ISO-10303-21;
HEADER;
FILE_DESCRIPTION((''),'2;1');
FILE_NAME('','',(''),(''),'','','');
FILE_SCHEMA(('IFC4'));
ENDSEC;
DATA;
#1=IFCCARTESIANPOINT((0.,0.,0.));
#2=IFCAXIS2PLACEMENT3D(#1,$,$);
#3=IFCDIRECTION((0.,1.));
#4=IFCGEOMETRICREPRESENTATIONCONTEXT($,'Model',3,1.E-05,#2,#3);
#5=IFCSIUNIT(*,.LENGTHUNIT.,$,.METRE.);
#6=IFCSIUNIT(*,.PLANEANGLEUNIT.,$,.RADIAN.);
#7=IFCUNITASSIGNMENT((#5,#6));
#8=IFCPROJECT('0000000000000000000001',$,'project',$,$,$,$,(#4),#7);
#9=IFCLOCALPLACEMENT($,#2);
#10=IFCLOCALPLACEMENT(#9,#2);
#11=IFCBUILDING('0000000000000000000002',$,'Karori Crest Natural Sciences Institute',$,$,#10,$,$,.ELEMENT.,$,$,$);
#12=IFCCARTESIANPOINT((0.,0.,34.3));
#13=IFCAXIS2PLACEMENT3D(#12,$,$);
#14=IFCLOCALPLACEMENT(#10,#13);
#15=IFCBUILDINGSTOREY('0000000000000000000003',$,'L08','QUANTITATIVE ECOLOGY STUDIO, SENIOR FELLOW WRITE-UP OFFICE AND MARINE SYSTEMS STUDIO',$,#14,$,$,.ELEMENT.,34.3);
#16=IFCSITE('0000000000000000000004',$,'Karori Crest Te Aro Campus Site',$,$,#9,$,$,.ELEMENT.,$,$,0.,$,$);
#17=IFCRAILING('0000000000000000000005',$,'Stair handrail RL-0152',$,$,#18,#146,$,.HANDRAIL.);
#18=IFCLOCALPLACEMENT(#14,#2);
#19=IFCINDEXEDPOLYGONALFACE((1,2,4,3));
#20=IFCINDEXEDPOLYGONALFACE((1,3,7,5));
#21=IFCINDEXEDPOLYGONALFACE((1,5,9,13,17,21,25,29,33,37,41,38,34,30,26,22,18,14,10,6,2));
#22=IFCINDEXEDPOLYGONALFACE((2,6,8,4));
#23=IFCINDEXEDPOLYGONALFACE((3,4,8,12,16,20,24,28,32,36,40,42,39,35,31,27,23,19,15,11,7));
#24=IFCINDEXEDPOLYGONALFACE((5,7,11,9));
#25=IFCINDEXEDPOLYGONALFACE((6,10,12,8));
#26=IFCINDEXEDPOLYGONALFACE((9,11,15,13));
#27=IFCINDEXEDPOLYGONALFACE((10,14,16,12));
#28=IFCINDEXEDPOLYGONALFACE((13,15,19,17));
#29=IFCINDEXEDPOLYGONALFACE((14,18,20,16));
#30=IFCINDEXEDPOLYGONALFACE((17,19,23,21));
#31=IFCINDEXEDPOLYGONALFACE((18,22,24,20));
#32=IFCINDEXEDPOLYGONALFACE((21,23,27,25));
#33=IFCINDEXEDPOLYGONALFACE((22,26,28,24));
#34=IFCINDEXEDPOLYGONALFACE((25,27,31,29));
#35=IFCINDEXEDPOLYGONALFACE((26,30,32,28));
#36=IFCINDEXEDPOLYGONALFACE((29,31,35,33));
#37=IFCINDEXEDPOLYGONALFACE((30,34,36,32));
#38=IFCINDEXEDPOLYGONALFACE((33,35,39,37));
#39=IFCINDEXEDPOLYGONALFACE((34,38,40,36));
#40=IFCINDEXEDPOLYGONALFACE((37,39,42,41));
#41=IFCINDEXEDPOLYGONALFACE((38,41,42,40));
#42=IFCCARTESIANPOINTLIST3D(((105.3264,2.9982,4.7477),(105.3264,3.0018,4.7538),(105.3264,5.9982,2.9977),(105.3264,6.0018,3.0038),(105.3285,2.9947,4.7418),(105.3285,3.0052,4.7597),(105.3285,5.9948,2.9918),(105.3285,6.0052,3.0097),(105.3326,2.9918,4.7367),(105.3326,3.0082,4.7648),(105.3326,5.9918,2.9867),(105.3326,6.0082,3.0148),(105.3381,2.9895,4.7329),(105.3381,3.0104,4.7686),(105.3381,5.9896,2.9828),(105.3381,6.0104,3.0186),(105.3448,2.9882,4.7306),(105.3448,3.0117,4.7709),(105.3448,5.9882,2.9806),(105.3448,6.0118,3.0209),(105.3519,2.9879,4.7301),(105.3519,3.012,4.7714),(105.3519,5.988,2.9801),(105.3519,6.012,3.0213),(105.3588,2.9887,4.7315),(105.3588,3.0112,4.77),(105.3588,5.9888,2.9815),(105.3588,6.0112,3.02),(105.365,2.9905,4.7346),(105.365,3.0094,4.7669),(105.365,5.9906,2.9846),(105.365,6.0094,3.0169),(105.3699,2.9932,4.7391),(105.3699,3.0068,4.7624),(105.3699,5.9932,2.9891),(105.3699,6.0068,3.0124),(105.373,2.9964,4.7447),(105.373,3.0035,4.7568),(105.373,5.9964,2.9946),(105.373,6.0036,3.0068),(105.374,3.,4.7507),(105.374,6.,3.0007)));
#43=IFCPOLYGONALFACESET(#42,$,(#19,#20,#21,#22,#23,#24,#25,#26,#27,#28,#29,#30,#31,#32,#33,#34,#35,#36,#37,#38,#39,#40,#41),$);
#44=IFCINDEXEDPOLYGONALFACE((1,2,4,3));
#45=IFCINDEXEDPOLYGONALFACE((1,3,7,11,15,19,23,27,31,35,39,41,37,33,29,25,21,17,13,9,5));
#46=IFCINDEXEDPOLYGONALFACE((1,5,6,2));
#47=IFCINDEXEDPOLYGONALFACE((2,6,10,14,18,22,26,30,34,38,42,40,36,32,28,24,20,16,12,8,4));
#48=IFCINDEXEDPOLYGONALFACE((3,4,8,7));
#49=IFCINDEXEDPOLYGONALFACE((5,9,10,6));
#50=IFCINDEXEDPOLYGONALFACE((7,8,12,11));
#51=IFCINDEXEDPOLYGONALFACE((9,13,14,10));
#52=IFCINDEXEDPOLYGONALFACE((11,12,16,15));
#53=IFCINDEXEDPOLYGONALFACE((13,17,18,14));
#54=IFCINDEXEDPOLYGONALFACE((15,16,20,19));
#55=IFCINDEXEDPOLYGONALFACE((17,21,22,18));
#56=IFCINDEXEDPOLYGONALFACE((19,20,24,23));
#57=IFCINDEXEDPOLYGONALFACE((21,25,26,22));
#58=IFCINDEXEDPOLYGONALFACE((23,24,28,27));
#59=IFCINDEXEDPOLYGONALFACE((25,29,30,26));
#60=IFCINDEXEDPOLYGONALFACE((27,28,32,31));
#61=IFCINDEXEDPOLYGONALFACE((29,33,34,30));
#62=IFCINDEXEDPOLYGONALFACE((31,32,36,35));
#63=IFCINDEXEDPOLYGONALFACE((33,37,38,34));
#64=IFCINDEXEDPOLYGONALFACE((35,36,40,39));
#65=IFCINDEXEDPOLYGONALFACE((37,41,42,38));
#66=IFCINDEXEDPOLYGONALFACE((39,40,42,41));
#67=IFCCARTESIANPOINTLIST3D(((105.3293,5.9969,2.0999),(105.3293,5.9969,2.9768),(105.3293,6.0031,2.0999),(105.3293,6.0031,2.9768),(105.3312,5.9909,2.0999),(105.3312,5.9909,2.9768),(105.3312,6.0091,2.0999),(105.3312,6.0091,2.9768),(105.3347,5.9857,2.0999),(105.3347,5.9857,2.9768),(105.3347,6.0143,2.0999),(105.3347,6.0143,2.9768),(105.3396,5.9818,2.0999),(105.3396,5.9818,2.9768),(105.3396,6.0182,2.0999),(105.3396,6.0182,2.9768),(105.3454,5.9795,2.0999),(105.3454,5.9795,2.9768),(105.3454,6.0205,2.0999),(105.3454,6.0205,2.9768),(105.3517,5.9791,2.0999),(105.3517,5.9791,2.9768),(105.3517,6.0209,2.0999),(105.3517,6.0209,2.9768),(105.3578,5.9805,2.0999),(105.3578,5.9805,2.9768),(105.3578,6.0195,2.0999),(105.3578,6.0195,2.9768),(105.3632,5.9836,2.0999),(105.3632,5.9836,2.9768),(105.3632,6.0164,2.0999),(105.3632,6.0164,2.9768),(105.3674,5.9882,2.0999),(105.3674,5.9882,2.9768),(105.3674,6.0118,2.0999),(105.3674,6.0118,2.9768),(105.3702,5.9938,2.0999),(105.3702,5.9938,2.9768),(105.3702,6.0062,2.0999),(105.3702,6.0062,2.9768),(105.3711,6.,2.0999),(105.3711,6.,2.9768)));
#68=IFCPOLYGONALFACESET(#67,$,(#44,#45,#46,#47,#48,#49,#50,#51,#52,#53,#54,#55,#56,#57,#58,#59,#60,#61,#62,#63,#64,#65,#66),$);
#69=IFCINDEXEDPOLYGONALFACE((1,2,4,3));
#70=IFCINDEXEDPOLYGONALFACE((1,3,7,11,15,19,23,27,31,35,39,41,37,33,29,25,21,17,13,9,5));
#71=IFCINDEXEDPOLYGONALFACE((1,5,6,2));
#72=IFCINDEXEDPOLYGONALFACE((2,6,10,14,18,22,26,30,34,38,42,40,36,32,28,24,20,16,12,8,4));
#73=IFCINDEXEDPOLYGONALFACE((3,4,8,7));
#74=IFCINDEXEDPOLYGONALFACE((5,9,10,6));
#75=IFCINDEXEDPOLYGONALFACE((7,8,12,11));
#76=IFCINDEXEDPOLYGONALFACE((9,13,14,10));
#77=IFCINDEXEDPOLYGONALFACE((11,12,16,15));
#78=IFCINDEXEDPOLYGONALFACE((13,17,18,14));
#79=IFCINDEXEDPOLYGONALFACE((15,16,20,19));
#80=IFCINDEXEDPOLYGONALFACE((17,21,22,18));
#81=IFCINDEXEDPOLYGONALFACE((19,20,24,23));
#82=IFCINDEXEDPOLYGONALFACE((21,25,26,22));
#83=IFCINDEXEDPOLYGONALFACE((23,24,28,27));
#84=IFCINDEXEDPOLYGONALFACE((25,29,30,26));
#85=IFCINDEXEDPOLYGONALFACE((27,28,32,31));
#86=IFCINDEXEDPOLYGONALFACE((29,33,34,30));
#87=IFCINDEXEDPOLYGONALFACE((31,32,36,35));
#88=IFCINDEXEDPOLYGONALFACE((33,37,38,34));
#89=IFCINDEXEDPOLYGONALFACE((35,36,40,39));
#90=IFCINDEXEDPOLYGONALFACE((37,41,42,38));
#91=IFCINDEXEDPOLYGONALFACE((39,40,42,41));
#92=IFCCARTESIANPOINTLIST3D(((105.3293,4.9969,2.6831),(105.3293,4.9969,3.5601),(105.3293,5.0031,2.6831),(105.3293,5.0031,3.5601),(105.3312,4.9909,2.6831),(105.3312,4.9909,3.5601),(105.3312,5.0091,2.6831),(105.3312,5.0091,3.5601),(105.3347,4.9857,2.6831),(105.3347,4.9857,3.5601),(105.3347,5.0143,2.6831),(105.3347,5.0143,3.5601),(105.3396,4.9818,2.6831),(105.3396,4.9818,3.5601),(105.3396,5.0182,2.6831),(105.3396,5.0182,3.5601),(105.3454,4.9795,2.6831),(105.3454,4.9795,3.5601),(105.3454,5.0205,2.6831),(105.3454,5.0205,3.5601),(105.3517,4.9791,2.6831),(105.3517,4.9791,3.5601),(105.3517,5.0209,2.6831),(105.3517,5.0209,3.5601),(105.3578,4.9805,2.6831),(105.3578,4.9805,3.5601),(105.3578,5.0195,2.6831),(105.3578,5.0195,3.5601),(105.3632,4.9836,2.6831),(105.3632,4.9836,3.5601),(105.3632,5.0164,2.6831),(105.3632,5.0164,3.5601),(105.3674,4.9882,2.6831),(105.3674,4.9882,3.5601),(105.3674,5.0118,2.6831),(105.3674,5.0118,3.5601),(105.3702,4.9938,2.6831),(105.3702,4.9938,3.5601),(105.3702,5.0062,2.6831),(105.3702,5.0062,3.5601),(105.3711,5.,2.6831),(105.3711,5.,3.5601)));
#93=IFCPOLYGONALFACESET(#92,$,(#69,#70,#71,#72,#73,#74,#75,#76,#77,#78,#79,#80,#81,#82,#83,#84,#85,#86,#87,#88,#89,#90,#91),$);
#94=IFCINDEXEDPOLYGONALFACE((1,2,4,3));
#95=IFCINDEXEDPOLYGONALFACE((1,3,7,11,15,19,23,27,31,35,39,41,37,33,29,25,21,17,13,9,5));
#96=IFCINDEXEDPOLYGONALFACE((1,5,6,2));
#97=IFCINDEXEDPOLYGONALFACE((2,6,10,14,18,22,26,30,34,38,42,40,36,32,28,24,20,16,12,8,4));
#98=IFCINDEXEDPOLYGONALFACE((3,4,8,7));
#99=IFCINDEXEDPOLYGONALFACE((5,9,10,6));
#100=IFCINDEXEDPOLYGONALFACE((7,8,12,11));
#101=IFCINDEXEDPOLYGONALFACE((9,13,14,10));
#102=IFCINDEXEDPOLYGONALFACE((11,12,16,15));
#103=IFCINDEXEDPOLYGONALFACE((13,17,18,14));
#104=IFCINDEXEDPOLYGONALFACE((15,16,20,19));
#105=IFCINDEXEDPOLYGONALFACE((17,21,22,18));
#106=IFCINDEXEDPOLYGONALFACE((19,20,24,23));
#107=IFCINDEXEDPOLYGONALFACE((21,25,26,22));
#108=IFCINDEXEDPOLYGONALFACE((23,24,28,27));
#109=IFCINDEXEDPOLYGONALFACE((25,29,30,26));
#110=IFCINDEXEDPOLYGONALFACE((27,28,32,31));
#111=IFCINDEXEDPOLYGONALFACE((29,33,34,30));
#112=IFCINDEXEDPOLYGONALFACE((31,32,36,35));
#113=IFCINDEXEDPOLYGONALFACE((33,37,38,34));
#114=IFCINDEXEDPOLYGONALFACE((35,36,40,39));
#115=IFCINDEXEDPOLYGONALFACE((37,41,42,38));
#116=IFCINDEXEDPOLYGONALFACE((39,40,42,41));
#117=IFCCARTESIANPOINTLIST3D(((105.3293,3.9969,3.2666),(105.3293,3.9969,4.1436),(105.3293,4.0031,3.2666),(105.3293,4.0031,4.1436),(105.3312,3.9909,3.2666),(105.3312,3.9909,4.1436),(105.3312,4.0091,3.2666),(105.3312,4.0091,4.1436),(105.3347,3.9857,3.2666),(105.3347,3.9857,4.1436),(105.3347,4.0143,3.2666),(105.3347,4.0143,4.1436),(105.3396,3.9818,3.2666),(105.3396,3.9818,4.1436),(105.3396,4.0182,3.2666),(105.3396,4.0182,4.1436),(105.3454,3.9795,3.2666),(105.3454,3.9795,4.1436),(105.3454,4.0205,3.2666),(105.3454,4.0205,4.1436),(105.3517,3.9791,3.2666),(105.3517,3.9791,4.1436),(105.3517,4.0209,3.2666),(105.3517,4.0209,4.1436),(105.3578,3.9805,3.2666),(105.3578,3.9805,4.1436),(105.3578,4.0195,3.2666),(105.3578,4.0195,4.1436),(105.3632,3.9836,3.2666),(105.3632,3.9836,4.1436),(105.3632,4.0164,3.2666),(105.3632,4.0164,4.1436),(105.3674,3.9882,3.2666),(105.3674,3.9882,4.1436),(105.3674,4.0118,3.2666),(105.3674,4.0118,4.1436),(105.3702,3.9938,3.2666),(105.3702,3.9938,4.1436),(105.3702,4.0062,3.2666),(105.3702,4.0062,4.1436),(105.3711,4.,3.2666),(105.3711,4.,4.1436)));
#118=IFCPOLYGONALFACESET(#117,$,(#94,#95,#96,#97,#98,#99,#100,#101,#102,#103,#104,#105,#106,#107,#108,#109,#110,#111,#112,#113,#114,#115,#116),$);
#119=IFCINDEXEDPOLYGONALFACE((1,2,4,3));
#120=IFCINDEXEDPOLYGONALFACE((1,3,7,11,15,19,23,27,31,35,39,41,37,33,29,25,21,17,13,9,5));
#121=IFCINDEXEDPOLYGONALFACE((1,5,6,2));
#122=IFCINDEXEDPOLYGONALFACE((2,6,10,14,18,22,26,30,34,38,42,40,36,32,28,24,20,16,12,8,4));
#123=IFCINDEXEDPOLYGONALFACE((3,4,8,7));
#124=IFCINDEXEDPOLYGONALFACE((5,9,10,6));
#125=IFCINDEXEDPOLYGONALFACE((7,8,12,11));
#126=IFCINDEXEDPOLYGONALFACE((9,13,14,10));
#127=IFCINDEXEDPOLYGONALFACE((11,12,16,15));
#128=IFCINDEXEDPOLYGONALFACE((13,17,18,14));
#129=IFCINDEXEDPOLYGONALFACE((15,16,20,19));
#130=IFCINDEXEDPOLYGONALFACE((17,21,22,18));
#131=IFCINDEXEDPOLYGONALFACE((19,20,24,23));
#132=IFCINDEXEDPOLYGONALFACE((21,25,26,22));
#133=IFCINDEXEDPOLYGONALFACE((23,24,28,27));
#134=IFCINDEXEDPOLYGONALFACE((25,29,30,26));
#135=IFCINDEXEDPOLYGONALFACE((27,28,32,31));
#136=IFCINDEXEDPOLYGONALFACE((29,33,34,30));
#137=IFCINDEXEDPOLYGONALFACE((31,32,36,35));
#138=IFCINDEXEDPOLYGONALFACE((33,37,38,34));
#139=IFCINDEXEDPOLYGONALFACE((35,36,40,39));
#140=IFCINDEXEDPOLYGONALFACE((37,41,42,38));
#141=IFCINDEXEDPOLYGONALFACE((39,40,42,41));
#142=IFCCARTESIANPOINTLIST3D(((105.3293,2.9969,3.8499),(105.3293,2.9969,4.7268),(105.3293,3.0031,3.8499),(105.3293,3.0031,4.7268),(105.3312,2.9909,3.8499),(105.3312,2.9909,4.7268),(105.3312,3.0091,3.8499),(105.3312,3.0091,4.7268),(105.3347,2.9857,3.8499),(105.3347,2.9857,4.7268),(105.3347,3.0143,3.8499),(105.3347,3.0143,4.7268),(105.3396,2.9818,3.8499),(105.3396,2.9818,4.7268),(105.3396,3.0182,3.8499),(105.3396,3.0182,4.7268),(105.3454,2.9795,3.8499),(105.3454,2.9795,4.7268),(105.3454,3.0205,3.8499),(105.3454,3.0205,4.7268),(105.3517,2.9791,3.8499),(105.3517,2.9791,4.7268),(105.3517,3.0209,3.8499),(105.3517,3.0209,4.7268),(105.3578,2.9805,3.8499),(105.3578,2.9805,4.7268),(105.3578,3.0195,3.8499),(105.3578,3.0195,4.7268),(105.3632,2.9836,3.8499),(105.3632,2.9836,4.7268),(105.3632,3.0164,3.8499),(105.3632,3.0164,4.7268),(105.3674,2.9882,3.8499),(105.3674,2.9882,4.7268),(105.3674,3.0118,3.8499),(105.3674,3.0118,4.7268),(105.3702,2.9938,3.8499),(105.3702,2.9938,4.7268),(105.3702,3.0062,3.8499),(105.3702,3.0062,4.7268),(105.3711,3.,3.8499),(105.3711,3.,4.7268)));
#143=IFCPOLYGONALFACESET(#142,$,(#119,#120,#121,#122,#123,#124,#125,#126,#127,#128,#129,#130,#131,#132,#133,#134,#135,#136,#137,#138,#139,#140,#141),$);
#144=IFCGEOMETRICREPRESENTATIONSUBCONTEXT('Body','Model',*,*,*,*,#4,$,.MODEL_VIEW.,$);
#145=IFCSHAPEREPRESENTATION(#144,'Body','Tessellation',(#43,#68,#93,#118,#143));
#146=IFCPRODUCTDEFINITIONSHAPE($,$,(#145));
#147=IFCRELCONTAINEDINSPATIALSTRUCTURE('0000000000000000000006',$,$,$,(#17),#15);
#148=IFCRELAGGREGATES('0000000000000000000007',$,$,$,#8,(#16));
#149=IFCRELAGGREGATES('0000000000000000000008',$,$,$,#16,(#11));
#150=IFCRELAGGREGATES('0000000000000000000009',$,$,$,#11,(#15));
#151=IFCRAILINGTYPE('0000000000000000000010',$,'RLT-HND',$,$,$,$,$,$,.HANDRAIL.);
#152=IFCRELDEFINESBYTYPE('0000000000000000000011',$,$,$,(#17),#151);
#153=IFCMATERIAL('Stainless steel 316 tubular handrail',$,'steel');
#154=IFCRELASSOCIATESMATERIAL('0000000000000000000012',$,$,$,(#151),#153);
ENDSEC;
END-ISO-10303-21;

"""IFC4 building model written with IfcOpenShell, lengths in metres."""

from ifc_helpers import new_model, si_unit, direction, frame, origin, origin_2d, place, context, subcontext, project, spatial, circle, extrude, material, type_object, element, save


model = new_model("IFC4")

# Units and contexts
model_context = context("Model", 3, precision=1e-05, world=origin(), true_north=direction((0.0, 1.0)))
body_context = subcontext(model_context, "Body", "Model", "MODEL_VIEW")
ifc_project = project(units=[si_unit("LENGTHUNIT", "METRE"), si_unit("PLANEANGLEUNIT", "RADIAN")], contexts=[model_context])

# Site, building, storey
site_placement = place(None, origin())
site = spatial("IfcSite", under=ifc_project, at=site_placement, Name="Karori Crest Te Aro Campus Site", CompositionType="ELEMENT", RefElevation=0.0)
building_placement = place(site_placement, origin())
building = spatial("IfcBuilding", under=site, at=building_placement, Name="Karori Crest Natural Sciences Institute", CompositionType="ELEMENT")
storey_placement = place(building_placement, frame((0.0, 0.0, 34.3)))
storey = spatial("IfcBuildingStorey", under=building, at=storey_placement, Name="L08", Description="QUANTITATIVE ECOLOGY STUDIO, SENIOR FELLOW WRITE-UP OFFICE AND MARINE SYSTEMS STUDIO", CompositionType="ELEMENT", Elevation=34.3)

# Railing
ifc_material_1 = material(Name="Stainless steel 316 tubular handrail", Category="steel")
railing_type_1 = type_object("IfcRailingType", Name="RLT-HND", PredefinedType="HANDRAIL", material=ifc_material_1)
railing_1_placement = place(storey_placement, frame((105.3501, 6.0, 2.0999)))
element("IfcRailing", 1, at=railing_1_placement, inside=storey, type_object=railing_type_1, Name="Stair handrail RL-0152", PredefinedType="HANDRAIL", context=body_context, shape_type="SweptSolid", body=[
    extrude(circle(Radius=0.0239, at=origin_2d()), frame((0.0, 0.0, 0.9009), z_axis=(0.0, -0.863779, 0.503871), x_axis=(1.0, 0.0, 0.0)), (0.0, 0.0, 1.0), 3.4731),
    extrude(circle(Radius=0.021, at=origin_2d()), origin(), (0.0, 0.0, 1.0), 0.877),
    extrude(circle(Radius=0.021, at=origin_2d()), frame((0.0, -1.0, 0.5833)), (0.0, 0.0, 1.0), 0.877),
    extrude(circle(Radius=0.021, at=origin_2d()), frame((0.0, -2.0, 1.1667)), (0.0, 0.0, 1.0), 0.877),
    extrude(circle(Radius=0.021, at=origin_2d()), frame((0.0, -3.0, 1.75)), (0.0, 0.0, 1.0), 0.877),
])

save(model, "model.ifc")
